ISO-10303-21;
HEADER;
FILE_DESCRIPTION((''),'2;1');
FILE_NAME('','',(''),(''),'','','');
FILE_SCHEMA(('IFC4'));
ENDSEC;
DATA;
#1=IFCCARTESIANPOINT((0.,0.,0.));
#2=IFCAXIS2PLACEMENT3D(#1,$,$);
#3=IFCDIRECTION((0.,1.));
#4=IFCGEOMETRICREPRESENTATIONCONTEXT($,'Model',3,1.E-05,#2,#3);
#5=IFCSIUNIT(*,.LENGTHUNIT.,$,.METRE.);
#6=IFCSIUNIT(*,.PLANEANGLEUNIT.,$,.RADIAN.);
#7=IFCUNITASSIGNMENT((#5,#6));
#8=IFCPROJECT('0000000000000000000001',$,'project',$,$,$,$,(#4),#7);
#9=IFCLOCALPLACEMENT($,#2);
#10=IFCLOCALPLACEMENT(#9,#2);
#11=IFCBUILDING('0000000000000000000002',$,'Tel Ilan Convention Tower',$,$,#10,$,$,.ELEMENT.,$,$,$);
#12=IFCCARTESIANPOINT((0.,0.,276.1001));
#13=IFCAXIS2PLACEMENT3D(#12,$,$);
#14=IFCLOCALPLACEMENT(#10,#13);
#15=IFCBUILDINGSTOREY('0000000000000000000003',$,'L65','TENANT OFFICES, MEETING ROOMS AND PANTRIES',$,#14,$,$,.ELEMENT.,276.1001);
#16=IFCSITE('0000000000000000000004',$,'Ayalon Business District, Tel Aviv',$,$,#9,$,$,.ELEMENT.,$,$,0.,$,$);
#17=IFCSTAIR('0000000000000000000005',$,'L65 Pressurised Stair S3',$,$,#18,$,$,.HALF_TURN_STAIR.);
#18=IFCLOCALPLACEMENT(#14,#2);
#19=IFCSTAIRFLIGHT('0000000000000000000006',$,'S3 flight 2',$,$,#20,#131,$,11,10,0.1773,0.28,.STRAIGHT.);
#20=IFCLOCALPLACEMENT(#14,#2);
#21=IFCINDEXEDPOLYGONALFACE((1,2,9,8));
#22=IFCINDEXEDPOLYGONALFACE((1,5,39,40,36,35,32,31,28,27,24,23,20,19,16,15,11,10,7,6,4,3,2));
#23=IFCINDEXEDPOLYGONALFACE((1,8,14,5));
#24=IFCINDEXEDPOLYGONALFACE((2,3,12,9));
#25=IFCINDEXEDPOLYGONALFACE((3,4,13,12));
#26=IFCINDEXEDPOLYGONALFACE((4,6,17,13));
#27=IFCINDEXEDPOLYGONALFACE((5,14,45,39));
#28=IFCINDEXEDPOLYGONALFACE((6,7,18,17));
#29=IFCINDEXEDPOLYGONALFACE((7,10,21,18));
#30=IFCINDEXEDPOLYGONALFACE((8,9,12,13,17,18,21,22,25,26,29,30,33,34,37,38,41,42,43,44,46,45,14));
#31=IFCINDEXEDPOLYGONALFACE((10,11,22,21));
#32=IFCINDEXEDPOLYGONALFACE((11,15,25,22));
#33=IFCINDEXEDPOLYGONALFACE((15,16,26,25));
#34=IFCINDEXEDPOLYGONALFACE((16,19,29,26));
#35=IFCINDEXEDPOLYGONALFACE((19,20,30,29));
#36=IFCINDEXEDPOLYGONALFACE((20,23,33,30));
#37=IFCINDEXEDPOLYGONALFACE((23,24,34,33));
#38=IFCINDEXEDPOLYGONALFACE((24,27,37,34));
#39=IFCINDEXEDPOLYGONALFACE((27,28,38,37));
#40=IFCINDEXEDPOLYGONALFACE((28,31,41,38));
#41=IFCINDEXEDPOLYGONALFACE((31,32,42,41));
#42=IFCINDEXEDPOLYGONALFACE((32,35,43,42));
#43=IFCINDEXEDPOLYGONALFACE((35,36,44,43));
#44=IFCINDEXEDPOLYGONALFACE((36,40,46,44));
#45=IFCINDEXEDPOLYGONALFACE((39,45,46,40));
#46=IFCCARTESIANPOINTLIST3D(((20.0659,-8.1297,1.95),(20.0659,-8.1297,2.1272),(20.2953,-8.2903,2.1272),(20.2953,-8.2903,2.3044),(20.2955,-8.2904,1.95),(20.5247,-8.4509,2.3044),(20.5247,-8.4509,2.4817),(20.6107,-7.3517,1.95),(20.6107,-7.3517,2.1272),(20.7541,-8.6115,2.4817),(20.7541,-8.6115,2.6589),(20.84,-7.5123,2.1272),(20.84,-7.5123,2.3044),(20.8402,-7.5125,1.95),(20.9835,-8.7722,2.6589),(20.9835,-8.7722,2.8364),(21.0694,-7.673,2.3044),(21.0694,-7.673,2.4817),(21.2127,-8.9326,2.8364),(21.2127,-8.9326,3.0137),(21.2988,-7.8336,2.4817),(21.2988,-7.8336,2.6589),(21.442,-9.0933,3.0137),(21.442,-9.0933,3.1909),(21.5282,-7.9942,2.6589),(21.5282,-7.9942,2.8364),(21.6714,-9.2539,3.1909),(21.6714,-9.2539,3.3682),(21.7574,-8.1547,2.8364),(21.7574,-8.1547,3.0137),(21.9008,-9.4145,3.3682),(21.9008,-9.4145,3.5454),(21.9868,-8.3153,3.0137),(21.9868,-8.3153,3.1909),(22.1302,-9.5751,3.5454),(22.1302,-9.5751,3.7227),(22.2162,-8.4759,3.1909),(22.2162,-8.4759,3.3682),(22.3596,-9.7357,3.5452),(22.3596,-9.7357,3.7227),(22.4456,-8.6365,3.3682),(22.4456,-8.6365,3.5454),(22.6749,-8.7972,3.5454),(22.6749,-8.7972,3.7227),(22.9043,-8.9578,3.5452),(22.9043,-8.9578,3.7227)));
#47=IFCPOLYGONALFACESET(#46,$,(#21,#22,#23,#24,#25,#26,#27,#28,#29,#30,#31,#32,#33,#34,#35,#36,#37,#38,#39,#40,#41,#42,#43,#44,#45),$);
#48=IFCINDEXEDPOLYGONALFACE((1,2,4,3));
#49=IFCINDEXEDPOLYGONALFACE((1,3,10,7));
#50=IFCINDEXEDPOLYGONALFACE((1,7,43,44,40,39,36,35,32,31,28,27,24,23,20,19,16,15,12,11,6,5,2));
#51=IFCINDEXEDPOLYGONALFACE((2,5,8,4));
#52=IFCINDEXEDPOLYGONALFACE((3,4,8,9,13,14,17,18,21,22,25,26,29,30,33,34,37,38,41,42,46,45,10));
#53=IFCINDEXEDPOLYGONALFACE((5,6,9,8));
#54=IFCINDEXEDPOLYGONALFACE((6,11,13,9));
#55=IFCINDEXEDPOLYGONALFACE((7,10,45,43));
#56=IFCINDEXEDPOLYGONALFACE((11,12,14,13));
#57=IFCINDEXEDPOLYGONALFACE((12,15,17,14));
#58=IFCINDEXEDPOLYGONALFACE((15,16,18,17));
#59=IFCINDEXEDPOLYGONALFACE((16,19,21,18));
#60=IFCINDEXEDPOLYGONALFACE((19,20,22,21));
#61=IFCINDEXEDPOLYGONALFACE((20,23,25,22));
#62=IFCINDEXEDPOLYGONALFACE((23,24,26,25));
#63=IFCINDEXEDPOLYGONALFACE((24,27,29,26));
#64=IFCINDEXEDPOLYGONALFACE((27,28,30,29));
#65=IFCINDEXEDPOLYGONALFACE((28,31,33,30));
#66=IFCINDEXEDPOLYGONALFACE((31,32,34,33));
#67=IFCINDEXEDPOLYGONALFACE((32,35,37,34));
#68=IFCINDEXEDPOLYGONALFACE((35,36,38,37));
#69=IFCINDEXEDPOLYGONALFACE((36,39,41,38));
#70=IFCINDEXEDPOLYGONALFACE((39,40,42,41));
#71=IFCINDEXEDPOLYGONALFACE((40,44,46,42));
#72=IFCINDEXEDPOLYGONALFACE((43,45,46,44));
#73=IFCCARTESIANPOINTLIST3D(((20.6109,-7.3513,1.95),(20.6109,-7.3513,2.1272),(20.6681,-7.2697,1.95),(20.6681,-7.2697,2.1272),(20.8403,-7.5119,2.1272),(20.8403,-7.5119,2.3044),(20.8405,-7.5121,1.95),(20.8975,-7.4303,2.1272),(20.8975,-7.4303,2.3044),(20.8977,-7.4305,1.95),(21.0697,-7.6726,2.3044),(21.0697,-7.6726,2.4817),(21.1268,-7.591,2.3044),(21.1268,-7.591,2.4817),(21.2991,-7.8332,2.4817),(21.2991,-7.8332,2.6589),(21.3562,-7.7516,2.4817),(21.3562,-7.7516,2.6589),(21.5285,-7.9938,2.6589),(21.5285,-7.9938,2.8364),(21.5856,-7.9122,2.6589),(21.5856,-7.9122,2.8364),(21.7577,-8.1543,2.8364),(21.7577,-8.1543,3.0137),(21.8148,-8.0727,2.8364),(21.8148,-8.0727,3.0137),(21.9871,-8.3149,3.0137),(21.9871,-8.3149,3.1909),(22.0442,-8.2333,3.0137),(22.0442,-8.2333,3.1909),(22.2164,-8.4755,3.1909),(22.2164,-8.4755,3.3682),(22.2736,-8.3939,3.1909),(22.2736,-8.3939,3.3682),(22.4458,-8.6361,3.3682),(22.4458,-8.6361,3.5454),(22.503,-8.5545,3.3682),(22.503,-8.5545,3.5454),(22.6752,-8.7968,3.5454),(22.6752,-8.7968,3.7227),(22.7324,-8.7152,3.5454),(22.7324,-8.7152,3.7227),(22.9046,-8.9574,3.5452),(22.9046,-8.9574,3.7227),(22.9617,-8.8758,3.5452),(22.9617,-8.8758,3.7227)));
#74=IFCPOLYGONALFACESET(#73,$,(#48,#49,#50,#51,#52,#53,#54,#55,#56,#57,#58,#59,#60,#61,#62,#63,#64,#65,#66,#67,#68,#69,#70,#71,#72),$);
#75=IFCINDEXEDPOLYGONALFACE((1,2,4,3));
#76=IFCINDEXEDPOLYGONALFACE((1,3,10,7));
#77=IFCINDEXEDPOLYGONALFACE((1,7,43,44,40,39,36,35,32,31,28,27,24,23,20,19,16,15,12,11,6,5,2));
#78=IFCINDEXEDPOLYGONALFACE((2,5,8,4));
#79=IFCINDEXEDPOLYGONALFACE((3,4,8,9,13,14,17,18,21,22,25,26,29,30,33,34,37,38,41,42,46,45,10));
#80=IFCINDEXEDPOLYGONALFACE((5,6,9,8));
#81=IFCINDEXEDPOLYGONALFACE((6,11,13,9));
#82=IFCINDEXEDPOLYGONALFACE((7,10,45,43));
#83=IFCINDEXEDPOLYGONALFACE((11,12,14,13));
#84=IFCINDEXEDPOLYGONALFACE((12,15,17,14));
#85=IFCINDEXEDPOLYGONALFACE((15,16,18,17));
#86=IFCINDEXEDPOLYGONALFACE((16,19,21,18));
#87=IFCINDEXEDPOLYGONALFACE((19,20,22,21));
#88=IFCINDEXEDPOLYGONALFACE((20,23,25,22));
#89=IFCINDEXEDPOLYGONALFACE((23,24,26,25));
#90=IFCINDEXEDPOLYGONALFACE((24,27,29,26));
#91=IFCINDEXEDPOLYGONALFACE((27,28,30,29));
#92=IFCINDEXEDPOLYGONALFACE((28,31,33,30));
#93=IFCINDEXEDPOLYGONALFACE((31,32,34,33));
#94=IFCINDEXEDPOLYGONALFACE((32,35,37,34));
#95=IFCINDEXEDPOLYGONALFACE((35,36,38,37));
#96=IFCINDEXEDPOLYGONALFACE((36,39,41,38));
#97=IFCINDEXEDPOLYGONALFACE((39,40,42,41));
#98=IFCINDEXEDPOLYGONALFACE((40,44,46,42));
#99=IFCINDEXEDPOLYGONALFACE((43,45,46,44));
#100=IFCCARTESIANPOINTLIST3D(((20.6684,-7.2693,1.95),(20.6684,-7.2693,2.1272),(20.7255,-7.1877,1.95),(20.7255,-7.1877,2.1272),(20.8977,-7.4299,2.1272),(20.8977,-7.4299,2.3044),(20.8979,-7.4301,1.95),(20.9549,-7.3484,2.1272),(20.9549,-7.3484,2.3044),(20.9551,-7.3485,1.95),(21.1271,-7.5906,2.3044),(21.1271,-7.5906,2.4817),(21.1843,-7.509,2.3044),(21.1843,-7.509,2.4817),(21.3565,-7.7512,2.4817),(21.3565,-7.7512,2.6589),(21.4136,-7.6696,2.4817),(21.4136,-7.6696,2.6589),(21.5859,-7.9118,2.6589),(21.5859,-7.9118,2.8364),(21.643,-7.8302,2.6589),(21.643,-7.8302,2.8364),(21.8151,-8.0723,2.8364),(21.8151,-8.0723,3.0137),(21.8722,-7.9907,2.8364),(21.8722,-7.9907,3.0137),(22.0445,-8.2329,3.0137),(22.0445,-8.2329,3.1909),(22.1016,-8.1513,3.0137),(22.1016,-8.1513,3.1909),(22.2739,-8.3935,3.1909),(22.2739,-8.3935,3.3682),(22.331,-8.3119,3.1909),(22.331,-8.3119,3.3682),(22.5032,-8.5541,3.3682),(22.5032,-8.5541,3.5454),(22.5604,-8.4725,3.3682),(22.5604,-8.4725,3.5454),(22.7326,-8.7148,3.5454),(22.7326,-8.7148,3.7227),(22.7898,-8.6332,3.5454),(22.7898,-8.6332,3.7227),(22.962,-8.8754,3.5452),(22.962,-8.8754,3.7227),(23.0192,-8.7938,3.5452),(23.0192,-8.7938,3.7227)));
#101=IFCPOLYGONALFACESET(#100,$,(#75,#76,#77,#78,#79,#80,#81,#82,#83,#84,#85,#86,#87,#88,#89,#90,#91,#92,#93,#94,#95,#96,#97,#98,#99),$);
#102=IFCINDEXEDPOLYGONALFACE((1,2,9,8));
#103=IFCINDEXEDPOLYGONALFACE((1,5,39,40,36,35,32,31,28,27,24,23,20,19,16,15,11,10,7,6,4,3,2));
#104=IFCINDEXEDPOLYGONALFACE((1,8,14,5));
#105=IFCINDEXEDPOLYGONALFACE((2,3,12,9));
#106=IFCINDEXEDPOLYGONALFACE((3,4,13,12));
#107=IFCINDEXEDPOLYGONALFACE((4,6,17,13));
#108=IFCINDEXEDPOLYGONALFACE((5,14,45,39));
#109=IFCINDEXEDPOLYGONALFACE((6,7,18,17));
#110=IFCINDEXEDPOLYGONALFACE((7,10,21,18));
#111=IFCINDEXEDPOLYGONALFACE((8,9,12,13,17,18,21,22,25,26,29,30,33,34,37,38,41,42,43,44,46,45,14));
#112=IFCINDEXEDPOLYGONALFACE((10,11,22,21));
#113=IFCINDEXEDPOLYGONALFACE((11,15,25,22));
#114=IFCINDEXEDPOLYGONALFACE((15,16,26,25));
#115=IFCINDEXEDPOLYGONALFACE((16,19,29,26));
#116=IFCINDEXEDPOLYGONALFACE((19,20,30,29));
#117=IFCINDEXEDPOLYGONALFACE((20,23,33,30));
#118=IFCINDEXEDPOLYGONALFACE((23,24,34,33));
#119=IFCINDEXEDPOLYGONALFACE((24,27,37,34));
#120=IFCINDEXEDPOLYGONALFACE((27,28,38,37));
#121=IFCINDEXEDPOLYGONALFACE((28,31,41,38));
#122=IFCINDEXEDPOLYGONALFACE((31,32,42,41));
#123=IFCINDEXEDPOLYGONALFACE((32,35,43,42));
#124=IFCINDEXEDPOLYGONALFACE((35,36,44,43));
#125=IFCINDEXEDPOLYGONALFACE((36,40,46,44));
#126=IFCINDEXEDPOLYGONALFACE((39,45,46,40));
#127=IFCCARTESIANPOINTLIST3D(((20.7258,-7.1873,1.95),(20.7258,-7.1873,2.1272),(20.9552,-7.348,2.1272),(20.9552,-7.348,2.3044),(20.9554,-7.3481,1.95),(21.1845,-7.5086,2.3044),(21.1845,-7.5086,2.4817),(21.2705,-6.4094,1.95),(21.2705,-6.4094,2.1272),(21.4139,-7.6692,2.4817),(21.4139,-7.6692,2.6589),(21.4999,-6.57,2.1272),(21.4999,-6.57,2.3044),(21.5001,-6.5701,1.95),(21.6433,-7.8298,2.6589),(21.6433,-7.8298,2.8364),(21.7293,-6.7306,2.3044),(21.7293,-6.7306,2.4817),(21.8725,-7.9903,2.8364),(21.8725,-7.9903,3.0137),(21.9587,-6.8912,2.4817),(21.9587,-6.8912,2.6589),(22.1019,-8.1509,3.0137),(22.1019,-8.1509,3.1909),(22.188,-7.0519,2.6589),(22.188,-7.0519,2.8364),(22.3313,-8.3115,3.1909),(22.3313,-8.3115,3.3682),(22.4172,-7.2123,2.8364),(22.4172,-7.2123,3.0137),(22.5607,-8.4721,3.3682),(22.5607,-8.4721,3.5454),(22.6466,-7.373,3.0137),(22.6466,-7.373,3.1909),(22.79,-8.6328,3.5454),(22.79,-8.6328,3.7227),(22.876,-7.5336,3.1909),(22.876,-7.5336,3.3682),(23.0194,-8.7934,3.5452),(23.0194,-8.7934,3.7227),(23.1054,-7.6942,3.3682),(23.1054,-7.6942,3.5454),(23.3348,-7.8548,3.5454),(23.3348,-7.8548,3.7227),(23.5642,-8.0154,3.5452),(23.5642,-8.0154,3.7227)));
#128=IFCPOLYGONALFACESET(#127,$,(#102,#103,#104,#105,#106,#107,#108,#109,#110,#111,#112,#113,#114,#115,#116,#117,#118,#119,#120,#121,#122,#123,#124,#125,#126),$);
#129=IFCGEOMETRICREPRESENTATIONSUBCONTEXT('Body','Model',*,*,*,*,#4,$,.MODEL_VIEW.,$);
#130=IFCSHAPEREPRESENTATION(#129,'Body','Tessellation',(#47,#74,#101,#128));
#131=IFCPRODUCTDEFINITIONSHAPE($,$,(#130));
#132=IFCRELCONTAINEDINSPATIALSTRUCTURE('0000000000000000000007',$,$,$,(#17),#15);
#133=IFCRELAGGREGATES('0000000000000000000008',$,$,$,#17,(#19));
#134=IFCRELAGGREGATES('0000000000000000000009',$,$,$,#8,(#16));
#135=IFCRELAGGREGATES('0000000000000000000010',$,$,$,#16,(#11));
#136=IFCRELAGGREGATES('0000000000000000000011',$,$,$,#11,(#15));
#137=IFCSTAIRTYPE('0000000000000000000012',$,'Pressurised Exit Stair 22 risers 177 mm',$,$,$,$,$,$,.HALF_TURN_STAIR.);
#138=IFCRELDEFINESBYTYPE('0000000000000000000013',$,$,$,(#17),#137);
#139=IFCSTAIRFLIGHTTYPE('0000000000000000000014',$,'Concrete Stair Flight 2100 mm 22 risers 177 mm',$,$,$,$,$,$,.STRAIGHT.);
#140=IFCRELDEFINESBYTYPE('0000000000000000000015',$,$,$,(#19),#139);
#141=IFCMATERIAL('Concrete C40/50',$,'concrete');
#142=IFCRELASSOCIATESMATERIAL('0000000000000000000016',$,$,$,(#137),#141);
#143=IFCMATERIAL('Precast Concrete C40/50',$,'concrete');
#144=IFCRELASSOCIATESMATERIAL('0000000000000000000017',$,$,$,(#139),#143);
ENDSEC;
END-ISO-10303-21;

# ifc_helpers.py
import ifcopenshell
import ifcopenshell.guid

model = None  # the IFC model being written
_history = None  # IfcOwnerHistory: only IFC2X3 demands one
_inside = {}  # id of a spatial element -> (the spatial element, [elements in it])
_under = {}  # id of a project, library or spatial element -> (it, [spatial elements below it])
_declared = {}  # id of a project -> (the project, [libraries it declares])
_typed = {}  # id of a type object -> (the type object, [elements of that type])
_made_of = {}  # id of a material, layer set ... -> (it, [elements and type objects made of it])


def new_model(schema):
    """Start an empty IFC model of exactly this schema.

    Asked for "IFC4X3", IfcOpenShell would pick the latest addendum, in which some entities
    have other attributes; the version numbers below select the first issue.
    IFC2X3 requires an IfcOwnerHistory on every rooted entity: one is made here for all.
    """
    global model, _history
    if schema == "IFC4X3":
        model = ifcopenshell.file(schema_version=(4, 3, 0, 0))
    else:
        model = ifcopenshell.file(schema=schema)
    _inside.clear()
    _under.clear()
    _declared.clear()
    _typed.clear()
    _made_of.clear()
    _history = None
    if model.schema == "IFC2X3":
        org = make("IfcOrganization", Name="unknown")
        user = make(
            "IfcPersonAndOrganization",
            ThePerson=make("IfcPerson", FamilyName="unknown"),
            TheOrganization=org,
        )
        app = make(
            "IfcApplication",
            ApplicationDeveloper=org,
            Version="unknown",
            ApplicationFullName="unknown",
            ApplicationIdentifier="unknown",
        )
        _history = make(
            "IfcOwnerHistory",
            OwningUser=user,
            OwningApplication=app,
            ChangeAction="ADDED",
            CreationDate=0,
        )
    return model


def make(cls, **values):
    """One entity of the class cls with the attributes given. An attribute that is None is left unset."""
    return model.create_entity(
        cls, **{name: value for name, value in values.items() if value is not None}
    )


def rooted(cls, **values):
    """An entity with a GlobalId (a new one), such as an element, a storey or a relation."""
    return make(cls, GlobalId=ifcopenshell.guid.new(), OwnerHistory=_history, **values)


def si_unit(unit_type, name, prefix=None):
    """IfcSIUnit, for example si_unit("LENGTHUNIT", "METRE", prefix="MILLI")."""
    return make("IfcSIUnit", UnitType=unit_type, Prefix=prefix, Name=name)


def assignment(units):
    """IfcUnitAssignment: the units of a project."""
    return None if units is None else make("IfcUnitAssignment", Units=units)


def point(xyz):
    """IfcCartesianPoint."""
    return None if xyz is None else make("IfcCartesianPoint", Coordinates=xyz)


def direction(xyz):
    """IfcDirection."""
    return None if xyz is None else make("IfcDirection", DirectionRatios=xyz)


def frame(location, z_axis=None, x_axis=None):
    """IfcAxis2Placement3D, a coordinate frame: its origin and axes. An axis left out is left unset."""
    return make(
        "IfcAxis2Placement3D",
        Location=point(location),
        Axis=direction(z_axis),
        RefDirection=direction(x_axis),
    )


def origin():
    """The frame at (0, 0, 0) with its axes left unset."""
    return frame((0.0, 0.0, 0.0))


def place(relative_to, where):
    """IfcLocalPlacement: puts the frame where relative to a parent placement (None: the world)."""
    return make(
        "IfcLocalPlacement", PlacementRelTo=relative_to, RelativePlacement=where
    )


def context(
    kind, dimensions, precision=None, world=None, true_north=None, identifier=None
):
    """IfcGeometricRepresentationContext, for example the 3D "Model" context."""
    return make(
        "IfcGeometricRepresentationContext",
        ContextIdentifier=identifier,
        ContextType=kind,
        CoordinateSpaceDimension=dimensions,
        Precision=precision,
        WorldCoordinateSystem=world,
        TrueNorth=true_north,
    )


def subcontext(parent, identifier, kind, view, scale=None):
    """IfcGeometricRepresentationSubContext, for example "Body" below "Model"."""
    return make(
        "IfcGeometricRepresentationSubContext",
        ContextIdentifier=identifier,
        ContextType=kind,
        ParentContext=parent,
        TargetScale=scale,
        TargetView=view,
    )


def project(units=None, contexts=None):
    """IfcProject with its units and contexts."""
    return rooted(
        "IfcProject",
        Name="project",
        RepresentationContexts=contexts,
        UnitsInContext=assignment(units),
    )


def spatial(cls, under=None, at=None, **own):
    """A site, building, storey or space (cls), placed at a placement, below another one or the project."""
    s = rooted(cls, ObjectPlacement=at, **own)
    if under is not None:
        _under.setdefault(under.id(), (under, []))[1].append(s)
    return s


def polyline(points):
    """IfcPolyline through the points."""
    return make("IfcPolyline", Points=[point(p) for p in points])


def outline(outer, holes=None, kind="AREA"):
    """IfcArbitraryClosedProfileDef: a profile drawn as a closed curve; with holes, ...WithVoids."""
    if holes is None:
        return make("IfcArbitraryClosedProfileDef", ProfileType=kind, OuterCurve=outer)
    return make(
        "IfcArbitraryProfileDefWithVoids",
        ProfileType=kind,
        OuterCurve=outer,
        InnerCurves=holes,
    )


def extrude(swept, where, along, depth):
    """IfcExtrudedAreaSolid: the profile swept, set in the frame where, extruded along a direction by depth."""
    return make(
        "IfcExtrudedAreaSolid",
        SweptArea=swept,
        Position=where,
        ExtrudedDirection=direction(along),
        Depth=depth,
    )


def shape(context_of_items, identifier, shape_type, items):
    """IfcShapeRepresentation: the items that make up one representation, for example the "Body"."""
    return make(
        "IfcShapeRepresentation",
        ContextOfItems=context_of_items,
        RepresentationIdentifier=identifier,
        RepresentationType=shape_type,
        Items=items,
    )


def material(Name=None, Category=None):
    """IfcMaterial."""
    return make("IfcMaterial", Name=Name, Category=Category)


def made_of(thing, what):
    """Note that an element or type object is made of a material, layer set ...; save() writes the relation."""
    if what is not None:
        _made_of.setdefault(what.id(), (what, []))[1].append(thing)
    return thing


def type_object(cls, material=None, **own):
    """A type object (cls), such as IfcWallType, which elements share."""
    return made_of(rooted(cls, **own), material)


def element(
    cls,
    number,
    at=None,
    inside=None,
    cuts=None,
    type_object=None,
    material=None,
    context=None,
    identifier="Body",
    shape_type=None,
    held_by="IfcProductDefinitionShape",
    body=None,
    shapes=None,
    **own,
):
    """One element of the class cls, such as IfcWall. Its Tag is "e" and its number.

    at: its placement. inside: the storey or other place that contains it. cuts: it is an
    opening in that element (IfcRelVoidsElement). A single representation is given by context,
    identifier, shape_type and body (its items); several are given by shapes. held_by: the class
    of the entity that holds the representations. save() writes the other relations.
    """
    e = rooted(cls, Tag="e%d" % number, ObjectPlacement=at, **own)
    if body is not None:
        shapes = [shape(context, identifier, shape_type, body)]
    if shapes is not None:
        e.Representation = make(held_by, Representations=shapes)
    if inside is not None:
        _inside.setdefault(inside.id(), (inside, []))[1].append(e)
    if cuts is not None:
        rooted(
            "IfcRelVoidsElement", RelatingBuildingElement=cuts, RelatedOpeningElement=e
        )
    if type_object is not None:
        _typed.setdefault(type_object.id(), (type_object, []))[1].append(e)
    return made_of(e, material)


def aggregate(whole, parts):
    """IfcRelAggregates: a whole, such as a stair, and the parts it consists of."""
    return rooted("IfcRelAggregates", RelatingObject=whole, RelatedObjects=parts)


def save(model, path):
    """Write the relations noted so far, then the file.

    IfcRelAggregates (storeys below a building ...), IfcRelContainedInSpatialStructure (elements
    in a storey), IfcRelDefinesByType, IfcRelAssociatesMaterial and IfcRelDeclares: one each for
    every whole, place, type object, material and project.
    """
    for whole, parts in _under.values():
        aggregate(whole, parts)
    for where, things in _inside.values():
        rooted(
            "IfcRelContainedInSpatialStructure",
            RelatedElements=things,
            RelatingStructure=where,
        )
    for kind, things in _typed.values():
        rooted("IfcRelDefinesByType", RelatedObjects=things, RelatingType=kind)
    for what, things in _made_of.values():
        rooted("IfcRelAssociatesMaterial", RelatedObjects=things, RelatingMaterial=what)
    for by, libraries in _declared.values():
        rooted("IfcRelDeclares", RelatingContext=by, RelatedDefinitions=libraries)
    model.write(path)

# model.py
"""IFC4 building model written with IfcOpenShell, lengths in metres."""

from ifc_helpers import new_model, si_unit, direction, frame, origin, place, context, subcontext, project, spatial, polyline, outline, extrude, material, type_object, element, aggregate, save


model = new_model("IFC4")

# Units and contexts
model_context = context("Model", 3, precision=1e-05, world=origin(), true_north=direction((0.0, 1.0)))
body_context = subcontext(model_context, "Body", "Model", "MODEL_VIEW")
ifc_project = project(units=[si_unit("LENGTHUNIT", "METRE"), si_unit("PLANEANGLEUNIT", "RADIAN")], contexts=[model_context])

# Site, building, storey
site_placement = place(None, origin())
site = spatial("IfcSite", under=ifc_project, at=site_placement, Name="Ayalon Business District, Tel Aviv", CompositionType="ELEMENT", RefElevation=0.0)
building_placement = place(site_placement, origin())
building = spatial("IfcBuilding", under=site, at=building_placement, Name="Tel Ilan Convention Tower", CompositionType="ELEMENT")
storey_placement = place(building_placement, frame((0.0, 0.0, 276.1001)))
storey = spatial("IfcBuildingStorey", under=building, at=storey_placement, Name="L65", Description="TENANT OFFICES, MEETING ROOMS AND PANTRIES", CompositionType="ELEMENT", Elevation=276.1001)

# Stair, stair flight
ifc_material_1 = material(Name="Concrete C40/50", Category="concrete")
stair_type = type_object("IfcStairType", Name="Pressurised Exit Stair 22 risers 177 mm", PredefinedType="HALF_TURN_STAIR", material=ifc_material_1)
stair_1_placement = place(storey_placement, origin())
stair_1 = element("IfcStair", 1, at=stair_1_placement, inside=storey, type_object=stair_type, Name="L65 Pressurised Stair S3", PredefinedType="HALF_TURN_STAIR")
ifc_material_2 = material(Name="Precast Concrete C40/50", Category="concrete")
stair_flight_type = type_object("IfcStairFlightType", Name="Concrete Stair Flight 2100 mm 22 risers 177 mm", PredefinedType="STRAIGHT", material=ifc_material_2)
stair_flight_1_placement = place(storey_placement, frame((20.6682, -7.2695, 1.95), z_axis=(0.0, 0.0, 1.0), x_axis=(0.819152, -0.573576, 0.0)))
stair_flight_1 = element("IfcStairFlight", 2, at=stair_flight_1_placement, type_object=stair_flight_type, Name="S3 flight 2", NumberOfRisers=11, NumberOfTreads=10, PredefinedType="STRAIGHT", RiserHeight=0.1773, TreadLength=0.28, context=body_context, shape_type="SweptSolid", body=[
    extrude(outline(polyline([(0.0, 0.0), (0.0, 0.1772), (0.28, 0.1772), (0.28, 0.3545), (0.5601, 0.3545), (0.5601, 0.5317), (0.8401, 0.5317), (0.8401, 0.709), (1.1201, 0.709), (1.1201, 0.8865), (1.3999, 0.8865), (1.3999, 1.0637), (1.6799, 1.0637), (1.6799, 1.241), (1.96, 1.241), (1.96, 1.4182), (2.24, 1.4182), (2.24, 1.5955), (2.52, 1.5955), (2.52, 1.7727), (2.8, 1.7727), (2.8, 1.95), (2.8, 1.5952), (0.2803, 0.0), (0.0, 0.0)])), frame((0.0, -0.1003, 0.0), z_axis=(0.0, -1.0, 0.0), x_axis=(1.0, 0.0, 0.0)), (0.0, 0.0, 1.0), 0.9497),
    extrude(outline(polyline([(0.0, 0.0), (0.0, 0.1772), (0.28, 0.1772), (0.28, 0.3545), (0.5601, 0.3545), (0.5601, 0.5317), (0.8401, 0.5317), (0.8401, 0.709), (1.1201, 0.709), (1.1201, 0.8865), (1.3999, 0.8865), (1.3999, 1.0637), (1.6799, 1.0637), (1.6799, 1.241), (1.96, 1.241), (1.96, 1.4182), (2.24, 1.4182), (2.24, 1.5955), (2.52, 1.5955), (2.52, 1.7727), (2.8, 1.7727), (2.8, 1.95), (2.8, 1.5952), (0.2803, 0.0), (0.0, 0.0)])), frame((0.0, -0.0002, 0.0), z_axis=(0.0, -1.0, 0.0), x_axis=(1.0, 0.0, 0.0)), (0.0, 0.0, 1.0), 0.0996),
    extrude(outline(polyline([(0.0, 0.0), (0.0, 0.1772), (0.28, 0.1772), (0.28, 0.3545), (0.5601, 0.3545), (0.5601, 0.5317), (0.8401, 0.5317), (0.8401, 0.709), (1.1201, 0.709), (1.1201, 0.8865), (1.3999, 0.8865), (1.3999, 1.0637), (1.6799, 1.0637), (1.6799, 1.241), (1.96, 1.241), (1.96, 1.4182), (2.24, 1.4182), (2.24, 1.5955), (2.52, 1.5955), (2.52, 1.7727), (2.8, 1.7727), (2.8, 1.95), (2.8, 1.5952), (0.2803, 0.0), (0.0, 0.0)])), frame((0.0, 0.0999, 0.0), z_axis=(0.0, -1.0, 0.0), x_axis=(1.0, 0.0, 0.0)), (0.0, 0.0, 1.0), 0.0996),
    extrude(outline(polyline([(0.0, 0.0), (0.0, 0.1772), (0.28, 0.1772), (0.28, 0.3545), (0.5601, 0.3545), (0.5601, 0.5317), (0.8401, 0.5317), (0.8401, 0.709), (1.1201, 0.709), (1.1201, 0.8865), (1.3999, 0.8865), (1.3999, 1.0637), (1.6799, 1.0637), (1.6799, 1.241), (1.96, 1.241), (1.96, 1.4182), (2.24, 1.4182), (2.24, 1.5955), (2.52, 1.5955), (2.52, 1.7727), (2.8, 1.7727), (2.8, 1.95), (2.8, 1.5952), (0.2803, 0.0), (0.0, 0.0)])), frame((0.0, 1.05, 0.0), z_axis=(0.0, -1.0, 0.0), x_axis=(1.0, 0.0, 0.0)), (0.0, 0.0, 1.0), 0.9497),
])
aggregate(stair_1, [stair_flight_1])

save(model, "model.ifc")
